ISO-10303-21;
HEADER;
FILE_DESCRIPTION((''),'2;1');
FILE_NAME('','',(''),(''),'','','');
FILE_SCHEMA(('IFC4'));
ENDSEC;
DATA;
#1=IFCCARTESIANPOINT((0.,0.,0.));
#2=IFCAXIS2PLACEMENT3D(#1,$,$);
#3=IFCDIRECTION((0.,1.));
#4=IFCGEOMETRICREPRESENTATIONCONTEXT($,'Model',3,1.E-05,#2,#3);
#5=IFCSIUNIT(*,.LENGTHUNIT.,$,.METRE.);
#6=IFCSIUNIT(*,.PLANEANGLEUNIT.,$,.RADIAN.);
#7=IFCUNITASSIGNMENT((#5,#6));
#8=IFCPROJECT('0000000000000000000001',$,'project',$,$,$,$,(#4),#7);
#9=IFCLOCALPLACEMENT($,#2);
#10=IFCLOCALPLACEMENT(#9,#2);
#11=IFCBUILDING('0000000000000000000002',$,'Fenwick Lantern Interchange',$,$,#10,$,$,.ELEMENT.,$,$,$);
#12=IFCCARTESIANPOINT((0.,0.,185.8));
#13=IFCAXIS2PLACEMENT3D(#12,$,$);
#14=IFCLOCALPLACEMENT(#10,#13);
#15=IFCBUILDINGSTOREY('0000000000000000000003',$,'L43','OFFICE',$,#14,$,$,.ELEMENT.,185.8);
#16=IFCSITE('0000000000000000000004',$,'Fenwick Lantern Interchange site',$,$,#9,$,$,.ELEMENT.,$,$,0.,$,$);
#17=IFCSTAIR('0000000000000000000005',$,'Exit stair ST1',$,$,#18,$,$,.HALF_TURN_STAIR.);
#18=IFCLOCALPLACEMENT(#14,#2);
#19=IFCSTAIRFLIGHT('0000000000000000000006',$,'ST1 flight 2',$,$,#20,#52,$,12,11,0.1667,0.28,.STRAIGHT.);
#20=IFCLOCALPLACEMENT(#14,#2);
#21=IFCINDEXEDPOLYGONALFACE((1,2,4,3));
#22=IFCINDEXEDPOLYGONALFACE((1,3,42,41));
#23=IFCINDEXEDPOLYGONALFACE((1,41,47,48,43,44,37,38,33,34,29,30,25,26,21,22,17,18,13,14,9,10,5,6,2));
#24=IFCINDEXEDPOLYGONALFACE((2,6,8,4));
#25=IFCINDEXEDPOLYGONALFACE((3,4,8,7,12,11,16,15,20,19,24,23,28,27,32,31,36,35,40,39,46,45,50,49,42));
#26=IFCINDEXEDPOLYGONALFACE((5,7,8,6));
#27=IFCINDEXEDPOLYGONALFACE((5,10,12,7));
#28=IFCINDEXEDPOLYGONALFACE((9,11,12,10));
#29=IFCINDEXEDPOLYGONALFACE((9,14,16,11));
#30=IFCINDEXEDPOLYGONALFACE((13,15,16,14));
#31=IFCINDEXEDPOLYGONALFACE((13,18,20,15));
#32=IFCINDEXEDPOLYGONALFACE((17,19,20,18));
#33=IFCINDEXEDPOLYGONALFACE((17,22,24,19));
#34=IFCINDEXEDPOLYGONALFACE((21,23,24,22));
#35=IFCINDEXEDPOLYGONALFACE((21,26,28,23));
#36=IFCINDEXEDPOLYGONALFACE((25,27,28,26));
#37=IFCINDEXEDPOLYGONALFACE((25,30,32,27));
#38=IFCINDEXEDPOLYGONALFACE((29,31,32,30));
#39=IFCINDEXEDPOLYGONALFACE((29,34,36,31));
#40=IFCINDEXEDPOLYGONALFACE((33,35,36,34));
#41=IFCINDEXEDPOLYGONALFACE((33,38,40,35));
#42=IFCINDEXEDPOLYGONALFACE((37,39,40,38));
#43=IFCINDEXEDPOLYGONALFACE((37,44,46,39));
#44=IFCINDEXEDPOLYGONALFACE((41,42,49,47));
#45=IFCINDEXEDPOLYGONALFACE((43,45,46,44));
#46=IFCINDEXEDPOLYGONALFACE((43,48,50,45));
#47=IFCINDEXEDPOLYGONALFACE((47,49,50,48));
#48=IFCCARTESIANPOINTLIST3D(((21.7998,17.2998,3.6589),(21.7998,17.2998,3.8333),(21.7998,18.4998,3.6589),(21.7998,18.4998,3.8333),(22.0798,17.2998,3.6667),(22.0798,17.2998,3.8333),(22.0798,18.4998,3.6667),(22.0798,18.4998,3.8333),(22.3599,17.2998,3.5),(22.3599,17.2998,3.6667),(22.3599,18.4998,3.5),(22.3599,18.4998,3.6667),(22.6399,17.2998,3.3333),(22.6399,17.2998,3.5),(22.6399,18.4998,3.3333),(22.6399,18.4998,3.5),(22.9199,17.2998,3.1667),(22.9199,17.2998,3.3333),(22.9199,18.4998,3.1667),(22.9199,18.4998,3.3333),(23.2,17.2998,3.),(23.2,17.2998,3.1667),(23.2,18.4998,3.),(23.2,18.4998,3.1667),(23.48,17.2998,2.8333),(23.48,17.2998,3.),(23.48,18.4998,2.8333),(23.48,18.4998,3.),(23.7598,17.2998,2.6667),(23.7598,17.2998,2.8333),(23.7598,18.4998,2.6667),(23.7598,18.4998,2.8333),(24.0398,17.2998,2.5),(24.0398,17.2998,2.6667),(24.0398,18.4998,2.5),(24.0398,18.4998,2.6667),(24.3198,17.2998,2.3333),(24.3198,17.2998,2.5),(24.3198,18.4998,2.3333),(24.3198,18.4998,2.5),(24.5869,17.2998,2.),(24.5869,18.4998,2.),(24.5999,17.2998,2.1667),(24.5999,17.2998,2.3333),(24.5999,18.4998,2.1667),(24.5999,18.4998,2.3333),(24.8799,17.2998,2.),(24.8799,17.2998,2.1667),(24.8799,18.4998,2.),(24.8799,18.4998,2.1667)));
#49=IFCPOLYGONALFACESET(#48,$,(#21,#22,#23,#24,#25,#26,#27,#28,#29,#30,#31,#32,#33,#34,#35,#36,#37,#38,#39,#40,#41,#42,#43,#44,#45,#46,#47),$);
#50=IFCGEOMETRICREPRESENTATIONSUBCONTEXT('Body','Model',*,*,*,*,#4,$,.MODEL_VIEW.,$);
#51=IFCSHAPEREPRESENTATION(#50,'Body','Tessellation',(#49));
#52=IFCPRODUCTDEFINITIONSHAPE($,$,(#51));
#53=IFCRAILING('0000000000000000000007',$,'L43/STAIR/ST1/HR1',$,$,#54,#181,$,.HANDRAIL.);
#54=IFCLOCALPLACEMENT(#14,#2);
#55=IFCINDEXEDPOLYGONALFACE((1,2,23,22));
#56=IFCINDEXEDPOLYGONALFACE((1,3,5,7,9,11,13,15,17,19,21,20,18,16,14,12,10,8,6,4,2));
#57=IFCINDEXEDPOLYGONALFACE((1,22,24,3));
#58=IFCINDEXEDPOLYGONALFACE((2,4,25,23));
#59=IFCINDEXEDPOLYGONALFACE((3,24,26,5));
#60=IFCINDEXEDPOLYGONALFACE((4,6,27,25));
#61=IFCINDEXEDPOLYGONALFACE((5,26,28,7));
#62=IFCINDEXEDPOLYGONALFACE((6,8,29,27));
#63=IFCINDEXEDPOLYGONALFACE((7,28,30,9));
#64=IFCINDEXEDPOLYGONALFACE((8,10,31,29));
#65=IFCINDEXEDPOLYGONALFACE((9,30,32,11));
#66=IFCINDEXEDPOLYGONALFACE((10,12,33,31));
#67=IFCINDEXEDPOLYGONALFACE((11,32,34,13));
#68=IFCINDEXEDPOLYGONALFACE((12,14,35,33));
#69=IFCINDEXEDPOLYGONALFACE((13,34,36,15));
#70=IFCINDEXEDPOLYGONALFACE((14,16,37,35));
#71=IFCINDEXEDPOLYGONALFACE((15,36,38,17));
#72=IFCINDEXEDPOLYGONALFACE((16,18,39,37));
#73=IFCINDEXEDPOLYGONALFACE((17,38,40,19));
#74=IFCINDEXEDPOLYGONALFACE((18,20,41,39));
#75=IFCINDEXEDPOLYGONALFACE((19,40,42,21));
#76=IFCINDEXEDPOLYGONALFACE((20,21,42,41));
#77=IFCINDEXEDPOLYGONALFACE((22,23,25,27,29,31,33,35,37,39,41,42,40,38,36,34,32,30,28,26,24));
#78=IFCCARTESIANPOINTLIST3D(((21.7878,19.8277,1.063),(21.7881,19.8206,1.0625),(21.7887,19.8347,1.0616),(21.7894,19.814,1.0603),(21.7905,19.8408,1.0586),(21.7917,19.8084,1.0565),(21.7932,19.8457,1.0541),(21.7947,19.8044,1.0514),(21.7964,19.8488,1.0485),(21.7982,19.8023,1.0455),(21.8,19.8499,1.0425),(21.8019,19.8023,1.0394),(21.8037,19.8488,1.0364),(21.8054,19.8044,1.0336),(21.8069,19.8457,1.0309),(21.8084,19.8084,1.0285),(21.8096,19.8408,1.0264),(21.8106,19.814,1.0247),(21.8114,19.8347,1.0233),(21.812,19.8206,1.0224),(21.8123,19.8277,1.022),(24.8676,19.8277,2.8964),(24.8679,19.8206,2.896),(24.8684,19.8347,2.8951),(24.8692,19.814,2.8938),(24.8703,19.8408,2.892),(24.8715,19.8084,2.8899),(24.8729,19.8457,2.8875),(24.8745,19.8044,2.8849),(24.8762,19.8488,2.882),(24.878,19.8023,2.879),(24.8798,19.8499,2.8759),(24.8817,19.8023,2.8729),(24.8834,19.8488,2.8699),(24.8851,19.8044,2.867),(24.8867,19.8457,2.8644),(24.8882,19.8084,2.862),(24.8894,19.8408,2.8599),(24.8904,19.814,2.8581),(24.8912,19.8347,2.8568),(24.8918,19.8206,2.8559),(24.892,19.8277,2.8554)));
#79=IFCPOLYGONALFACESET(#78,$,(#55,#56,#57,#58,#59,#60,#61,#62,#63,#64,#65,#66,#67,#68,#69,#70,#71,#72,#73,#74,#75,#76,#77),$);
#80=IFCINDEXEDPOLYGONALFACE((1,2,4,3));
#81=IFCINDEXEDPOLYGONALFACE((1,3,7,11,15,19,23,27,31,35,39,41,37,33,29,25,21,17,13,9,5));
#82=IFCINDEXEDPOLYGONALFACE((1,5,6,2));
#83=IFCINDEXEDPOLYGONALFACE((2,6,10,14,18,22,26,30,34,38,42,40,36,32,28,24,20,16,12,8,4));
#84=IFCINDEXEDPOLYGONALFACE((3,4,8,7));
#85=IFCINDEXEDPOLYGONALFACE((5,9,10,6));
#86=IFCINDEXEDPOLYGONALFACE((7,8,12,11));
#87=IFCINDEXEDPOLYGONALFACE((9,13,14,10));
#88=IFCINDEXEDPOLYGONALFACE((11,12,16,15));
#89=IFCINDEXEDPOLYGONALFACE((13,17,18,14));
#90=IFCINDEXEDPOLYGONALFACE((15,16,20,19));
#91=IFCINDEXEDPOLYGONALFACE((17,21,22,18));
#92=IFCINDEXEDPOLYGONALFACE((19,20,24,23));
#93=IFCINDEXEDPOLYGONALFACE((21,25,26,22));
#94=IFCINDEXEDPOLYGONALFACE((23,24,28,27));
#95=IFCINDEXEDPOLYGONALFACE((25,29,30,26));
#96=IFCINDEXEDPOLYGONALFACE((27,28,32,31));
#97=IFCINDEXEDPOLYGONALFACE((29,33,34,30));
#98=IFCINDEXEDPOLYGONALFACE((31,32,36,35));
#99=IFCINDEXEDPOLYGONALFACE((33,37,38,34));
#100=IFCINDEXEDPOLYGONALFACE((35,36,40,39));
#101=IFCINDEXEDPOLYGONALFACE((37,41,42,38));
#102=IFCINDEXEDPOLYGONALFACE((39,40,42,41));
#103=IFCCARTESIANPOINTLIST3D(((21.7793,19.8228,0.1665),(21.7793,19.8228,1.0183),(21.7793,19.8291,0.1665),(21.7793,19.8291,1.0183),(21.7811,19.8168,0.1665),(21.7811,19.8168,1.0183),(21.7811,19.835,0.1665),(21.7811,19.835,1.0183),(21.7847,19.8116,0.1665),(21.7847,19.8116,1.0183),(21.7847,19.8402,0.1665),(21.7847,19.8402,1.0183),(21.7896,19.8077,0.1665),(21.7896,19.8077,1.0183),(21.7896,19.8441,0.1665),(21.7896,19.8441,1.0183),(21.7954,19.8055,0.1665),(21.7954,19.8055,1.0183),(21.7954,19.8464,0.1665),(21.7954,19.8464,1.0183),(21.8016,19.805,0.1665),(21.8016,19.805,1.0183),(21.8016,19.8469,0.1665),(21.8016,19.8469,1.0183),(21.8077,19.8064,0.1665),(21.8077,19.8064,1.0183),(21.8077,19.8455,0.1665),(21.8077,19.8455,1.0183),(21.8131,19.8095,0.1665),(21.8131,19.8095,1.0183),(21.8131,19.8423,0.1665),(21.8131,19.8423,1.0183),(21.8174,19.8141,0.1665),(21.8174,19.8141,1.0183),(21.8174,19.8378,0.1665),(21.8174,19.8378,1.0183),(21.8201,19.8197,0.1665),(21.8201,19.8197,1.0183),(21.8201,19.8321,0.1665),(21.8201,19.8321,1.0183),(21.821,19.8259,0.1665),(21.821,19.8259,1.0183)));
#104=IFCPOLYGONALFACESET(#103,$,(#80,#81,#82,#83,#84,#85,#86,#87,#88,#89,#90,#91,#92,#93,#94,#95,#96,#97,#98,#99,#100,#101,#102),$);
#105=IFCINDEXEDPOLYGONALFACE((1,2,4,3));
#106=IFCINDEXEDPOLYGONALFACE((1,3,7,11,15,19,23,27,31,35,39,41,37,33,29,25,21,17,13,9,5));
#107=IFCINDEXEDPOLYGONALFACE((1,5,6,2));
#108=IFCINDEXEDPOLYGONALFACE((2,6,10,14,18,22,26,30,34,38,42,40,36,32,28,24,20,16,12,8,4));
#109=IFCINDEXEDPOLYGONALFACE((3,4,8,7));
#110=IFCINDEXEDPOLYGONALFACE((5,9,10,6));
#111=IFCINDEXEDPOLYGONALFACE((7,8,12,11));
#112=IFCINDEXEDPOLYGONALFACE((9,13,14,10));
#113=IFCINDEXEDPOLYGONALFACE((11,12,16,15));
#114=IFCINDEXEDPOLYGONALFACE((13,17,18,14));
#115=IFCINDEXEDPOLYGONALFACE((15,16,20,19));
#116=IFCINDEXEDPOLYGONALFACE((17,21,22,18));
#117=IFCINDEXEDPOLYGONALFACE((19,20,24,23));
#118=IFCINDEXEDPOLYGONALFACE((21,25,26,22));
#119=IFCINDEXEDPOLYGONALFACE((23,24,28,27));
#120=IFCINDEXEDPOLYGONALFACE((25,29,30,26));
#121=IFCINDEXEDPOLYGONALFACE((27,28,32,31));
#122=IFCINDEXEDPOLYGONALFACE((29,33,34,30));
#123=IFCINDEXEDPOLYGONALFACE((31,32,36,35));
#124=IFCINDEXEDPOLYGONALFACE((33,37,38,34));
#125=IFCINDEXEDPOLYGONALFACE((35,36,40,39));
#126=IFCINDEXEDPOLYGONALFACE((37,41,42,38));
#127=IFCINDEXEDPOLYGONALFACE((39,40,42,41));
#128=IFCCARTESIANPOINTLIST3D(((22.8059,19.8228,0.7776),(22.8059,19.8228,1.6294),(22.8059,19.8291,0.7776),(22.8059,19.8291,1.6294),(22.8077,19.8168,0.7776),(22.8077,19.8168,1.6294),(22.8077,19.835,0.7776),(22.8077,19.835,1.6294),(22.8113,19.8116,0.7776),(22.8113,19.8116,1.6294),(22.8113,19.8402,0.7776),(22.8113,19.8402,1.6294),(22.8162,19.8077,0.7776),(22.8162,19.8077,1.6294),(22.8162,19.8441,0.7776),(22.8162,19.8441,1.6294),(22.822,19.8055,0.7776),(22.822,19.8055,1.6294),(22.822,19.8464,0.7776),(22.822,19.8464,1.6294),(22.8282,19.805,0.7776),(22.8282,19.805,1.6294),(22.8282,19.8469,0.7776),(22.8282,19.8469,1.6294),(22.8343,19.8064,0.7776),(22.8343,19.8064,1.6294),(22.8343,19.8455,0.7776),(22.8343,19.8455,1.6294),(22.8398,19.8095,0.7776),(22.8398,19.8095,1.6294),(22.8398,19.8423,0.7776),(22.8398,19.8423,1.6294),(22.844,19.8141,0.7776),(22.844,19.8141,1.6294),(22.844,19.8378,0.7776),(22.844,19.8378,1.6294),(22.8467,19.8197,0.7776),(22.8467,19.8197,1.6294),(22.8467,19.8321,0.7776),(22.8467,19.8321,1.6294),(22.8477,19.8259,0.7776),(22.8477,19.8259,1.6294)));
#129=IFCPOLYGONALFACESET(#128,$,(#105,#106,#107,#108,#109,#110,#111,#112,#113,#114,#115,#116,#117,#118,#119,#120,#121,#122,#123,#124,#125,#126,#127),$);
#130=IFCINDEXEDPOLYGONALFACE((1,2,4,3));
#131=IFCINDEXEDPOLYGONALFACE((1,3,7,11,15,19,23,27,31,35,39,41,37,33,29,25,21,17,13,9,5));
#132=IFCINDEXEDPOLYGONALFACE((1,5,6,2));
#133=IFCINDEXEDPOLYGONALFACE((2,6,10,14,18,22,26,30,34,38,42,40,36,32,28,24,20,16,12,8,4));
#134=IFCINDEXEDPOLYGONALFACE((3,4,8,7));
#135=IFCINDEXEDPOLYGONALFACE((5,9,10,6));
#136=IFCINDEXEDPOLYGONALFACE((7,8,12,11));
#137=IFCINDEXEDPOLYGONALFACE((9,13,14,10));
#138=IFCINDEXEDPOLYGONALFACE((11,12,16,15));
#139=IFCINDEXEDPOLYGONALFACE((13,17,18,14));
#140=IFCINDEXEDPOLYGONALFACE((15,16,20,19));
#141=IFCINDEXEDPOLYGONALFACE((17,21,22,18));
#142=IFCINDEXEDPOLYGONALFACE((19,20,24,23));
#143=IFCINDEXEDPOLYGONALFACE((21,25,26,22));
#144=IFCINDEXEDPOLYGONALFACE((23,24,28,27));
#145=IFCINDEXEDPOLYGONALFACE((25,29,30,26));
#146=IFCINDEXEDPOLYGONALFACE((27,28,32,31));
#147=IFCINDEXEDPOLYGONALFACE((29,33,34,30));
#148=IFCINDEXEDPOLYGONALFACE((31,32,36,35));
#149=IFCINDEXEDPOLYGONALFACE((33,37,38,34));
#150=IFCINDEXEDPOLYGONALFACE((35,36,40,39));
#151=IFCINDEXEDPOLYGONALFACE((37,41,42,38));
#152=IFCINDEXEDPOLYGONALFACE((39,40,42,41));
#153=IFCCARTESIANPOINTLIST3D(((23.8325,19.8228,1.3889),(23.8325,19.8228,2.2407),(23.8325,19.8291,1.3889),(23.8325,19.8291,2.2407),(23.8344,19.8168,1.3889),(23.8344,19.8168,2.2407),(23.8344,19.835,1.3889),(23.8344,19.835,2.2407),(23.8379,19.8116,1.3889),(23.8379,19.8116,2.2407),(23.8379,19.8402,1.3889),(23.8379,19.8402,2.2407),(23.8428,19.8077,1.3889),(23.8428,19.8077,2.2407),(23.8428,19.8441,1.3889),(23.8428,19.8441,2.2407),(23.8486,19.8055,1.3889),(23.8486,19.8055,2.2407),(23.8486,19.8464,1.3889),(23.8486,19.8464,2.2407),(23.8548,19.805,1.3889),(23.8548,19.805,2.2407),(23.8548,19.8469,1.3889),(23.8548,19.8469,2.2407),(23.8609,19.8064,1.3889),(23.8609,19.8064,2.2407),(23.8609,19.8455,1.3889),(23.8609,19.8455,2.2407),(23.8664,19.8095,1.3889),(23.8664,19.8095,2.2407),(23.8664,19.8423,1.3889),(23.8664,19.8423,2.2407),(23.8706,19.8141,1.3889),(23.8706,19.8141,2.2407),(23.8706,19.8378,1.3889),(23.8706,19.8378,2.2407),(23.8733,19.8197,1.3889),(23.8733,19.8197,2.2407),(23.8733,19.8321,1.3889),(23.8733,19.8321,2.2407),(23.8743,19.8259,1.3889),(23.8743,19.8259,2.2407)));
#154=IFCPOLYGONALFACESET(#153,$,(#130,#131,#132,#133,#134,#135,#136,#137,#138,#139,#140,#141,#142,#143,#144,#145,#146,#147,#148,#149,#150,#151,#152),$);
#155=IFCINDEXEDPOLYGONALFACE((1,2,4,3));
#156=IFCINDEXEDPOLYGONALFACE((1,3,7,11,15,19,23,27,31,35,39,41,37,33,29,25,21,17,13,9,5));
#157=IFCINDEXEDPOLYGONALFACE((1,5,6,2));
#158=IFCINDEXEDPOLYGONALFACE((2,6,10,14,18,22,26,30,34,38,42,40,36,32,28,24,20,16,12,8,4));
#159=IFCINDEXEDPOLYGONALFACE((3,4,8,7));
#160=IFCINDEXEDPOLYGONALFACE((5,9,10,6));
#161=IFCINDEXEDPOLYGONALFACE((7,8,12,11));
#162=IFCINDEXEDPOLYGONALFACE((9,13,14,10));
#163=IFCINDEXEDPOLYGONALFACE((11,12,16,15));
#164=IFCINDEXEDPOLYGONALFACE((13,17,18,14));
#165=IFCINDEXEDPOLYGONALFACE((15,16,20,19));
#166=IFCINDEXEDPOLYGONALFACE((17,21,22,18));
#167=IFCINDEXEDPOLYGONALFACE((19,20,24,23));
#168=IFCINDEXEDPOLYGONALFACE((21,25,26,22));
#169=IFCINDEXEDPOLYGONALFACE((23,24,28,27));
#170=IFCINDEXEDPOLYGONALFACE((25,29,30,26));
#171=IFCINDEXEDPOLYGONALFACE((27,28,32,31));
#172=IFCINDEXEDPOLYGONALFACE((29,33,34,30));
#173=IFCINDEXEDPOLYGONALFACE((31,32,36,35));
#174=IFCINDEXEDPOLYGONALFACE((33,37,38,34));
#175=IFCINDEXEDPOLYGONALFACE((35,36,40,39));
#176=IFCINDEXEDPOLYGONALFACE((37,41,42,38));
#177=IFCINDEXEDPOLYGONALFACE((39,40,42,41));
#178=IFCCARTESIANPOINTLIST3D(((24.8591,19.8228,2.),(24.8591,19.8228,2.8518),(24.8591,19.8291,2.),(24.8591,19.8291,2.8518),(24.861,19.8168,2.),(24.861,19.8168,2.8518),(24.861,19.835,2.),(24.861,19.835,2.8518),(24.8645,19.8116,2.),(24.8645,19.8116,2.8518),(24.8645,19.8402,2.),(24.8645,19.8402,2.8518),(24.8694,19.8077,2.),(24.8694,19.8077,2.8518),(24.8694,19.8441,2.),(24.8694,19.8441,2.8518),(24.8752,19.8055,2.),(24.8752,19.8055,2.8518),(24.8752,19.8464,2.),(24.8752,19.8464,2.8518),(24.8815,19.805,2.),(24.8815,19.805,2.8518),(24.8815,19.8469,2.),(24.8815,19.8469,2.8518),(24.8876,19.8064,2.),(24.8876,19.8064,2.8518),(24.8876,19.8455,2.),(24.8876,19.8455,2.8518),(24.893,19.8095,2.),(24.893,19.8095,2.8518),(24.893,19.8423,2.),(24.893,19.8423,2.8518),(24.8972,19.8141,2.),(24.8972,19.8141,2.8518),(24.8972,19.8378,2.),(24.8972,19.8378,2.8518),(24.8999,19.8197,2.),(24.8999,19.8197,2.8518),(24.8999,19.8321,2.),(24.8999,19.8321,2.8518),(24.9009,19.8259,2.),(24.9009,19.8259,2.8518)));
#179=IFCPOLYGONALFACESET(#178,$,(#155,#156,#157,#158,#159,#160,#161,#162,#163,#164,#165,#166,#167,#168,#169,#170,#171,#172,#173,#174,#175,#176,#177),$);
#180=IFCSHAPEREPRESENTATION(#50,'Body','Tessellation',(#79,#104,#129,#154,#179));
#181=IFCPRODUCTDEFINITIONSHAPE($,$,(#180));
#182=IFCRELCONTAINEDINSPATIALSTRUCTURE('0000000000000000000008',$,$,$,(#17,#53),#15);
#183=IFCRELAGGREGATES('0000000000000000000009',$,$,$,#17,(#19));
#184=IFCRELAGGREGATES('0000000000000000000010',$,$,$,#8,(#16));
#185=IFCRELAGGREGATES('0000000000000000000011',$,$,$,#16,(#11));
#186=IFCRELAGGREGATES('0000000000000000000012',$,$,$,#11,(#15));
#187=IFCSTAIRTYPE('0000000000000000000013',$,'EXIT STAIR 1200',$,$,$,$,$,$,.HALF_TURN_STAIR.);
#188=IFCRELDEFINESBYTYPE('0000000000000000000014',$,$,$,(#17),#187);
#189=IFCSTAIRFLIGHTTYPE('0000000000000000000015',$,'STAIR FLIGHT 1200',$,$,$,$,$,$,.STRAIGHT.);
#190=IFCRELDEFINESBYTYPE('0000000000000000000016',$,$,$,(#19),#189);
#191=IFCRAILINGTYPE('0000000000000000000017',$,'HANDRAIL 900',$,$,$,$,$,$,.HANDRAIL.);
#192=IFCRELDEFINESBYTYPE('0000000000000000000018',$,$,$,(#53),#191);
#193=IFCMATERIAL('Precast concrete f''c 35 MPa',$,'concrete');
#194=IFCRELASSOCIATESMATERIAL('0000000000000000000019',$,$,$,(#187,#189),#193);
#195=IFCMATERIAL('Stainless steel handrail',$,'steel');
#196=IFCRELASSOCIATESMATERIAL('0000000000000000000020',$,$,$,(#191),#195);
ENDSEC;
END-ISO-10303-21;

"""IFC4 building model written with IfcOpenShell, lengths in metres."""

from ifc_helpers import new_model, si_unit, direction, frame, origin, origin_2d, place, context, subcontext, project, spatial, polyline, circle, outline, extrude, material, type_object, element, aggregate, save


model = new_model("IFC4")

# Units and contexts
model_context = context("Model", 3, precision=1e-05, world=origin(), true_north=direction((0.0, 1.0)))
body_context = subcontext(model_context, "Body", "Model", "MODEL_VIEW")
ifc_project = project(units=[si_unit("LENGTHUNIT", "METRE"), si_unit("PLANEANGLEUNIT", "RADIAN")], contexts=[model_context])

# Site, building, storey
site_placement = place(None, origin())
site = spatial("IfcSite", under=ifc_project, at=site_placement, Name="Fenwick Lantern Interchange site", CompositionType="ELEMENT", RefElevation=0.0)
building_placement = place(site_placement, origin())
building = spatial("IfcBuilding", under=site, at=building_placement, Name="Fenwick Lantern Interchange", CompositionType="ELEMENT")
storey_placement = place(building_placement, frame((0.0, 0.0, 185.8)))
storey = spatial("IfcBuildingStorey", under=building, at=storey_placement, Name="L43", Description="OFFICE", CompositionType="ELEMENT", Elevation=185.8)

# Stair, stair flight
ifc_material_1 = material(Name="Precast concrete f'c 35 MPa", Category="concrete")
stair_type = type_object("IfcStairType", Name="EXIT STAIR 1200", PredefinedType="HALF_TURN_STAIR", material=ifc_material_1)
stair_placement = place(storey_placement, origin())
stair = element("IfcStair", 1, at=stair_placement, inside=storey, type_object=stair_type, Name="Exit stair ST1", PredefinedType="HALF_TURN_STAIR")
stair_flight_type = type_object("IfcStairFlightType", Name="STAIR FLIGHT 1200", PredefinedType="STRAIGHT", material=ifc_material_1)
stair_flight_1_placement = place(storey_placement, frame((24.8799, 17.8999, 2.0), z_axis=(0.0, 0.0, 1.0), x_axis=(-1.0, 0.0, 0.0)))
stair_flight_1 = element("IfcStairFlight", 2, at=stair_flight_1_placement, type_object=stair_flight_type, Name="ST1 flight 2", NumberOfRisers=12, NumberOfTreads=11, PredefinedType="STRAIGHT", RiserHeight=0.1667, TreadLength=0.28, context=body_context, shape_type="SweptSolid", body=[
    extrude(outline(polyline([(0.0, 0.0), (0.0, 0.1667), (0.28, 0.1667), (0.28, 0.3333), (0.5601, 0.3333), (0.5601, 0.5), (0.8401, 0.5), (0.8401, 0.6667), (1.1201, 0.6667), (1.1201, 0.8333), (1.3999, 0.8333), (1.3999, 1.0), (1.6799, 1.0), (1.6799, 1.1667), (1.96, 1.1667), (1.96, 1.3333), (2.24, 1.3333), (2.24, 1.5), (2.52, 1.5), (2.52, 1.6667), (2.8, 1.6667), (2.8, 1.8333), (3.0801, 1.8333), (3.0801, 2.0), (3.0801, 1.6589), (0.293, 0.0), (0.0, 0.0)])), frame((0.0, 0.6001, 0.0), z_axis=(0.0, -1.0, 0.0), x_axis=(1.0, 0.0, 0.0)), (0.0, 0.0, 1.0), 1.2),
])
aggregate(stair, [stair_flight_1])

# Railing
ifc_material_2 = material(Name="Stainless steel handrail", Category="steel")
railing_type = type_object("IfcRailingType", Name="HANDRAIL 900", PredefinedType="HANDRAIL", material=ifc_material_2)
railing_1_placement = place(storey_placement, frame((21.8, 19.8259, 0.1665)))
element("IfcRailing", 3, at=railing_1_placement, inside=storey, type_object=railing_type, Name="L43/STAIR/ST1/HR1", PredefinedType="HANDRAIL", context=body_context, shape_type="SweptSolid", body=[
    extrude(circle(Radius=0.0239, at=origin_2d()), frame((0.0, 0.0, 0.876), z_axis=(0.859261, 0.0, 0.511538), x_axis=(0.0, 1.0, 0.0)), (0.0, 0.0, 1.0), 3.5842),
    extrude(circle(Radius=0.021, at=origin_2d()), origin(), (0.0, 0.0, 1.0), 0.8518),
    extrude(circle(Radius=0.021, at=origin_2d()), frame((1.0266, 0.0, 0.6111)), (0.0, 0.0, 1.0), 0.8518),
    extrude(circle(Radius=0.021, at=origin_2d()), frame((2.0532, 0.0, 1.2224)), (0.0, 0.0, 1.0), 0.8518),
    extrude(circle(Radius=0.021, at=origin_2d()), frame((3.0798, 0.0, 1.8335)), (0.0, 0.0, 1.0), 0.8518),
])

save(model, "model.ifc")
